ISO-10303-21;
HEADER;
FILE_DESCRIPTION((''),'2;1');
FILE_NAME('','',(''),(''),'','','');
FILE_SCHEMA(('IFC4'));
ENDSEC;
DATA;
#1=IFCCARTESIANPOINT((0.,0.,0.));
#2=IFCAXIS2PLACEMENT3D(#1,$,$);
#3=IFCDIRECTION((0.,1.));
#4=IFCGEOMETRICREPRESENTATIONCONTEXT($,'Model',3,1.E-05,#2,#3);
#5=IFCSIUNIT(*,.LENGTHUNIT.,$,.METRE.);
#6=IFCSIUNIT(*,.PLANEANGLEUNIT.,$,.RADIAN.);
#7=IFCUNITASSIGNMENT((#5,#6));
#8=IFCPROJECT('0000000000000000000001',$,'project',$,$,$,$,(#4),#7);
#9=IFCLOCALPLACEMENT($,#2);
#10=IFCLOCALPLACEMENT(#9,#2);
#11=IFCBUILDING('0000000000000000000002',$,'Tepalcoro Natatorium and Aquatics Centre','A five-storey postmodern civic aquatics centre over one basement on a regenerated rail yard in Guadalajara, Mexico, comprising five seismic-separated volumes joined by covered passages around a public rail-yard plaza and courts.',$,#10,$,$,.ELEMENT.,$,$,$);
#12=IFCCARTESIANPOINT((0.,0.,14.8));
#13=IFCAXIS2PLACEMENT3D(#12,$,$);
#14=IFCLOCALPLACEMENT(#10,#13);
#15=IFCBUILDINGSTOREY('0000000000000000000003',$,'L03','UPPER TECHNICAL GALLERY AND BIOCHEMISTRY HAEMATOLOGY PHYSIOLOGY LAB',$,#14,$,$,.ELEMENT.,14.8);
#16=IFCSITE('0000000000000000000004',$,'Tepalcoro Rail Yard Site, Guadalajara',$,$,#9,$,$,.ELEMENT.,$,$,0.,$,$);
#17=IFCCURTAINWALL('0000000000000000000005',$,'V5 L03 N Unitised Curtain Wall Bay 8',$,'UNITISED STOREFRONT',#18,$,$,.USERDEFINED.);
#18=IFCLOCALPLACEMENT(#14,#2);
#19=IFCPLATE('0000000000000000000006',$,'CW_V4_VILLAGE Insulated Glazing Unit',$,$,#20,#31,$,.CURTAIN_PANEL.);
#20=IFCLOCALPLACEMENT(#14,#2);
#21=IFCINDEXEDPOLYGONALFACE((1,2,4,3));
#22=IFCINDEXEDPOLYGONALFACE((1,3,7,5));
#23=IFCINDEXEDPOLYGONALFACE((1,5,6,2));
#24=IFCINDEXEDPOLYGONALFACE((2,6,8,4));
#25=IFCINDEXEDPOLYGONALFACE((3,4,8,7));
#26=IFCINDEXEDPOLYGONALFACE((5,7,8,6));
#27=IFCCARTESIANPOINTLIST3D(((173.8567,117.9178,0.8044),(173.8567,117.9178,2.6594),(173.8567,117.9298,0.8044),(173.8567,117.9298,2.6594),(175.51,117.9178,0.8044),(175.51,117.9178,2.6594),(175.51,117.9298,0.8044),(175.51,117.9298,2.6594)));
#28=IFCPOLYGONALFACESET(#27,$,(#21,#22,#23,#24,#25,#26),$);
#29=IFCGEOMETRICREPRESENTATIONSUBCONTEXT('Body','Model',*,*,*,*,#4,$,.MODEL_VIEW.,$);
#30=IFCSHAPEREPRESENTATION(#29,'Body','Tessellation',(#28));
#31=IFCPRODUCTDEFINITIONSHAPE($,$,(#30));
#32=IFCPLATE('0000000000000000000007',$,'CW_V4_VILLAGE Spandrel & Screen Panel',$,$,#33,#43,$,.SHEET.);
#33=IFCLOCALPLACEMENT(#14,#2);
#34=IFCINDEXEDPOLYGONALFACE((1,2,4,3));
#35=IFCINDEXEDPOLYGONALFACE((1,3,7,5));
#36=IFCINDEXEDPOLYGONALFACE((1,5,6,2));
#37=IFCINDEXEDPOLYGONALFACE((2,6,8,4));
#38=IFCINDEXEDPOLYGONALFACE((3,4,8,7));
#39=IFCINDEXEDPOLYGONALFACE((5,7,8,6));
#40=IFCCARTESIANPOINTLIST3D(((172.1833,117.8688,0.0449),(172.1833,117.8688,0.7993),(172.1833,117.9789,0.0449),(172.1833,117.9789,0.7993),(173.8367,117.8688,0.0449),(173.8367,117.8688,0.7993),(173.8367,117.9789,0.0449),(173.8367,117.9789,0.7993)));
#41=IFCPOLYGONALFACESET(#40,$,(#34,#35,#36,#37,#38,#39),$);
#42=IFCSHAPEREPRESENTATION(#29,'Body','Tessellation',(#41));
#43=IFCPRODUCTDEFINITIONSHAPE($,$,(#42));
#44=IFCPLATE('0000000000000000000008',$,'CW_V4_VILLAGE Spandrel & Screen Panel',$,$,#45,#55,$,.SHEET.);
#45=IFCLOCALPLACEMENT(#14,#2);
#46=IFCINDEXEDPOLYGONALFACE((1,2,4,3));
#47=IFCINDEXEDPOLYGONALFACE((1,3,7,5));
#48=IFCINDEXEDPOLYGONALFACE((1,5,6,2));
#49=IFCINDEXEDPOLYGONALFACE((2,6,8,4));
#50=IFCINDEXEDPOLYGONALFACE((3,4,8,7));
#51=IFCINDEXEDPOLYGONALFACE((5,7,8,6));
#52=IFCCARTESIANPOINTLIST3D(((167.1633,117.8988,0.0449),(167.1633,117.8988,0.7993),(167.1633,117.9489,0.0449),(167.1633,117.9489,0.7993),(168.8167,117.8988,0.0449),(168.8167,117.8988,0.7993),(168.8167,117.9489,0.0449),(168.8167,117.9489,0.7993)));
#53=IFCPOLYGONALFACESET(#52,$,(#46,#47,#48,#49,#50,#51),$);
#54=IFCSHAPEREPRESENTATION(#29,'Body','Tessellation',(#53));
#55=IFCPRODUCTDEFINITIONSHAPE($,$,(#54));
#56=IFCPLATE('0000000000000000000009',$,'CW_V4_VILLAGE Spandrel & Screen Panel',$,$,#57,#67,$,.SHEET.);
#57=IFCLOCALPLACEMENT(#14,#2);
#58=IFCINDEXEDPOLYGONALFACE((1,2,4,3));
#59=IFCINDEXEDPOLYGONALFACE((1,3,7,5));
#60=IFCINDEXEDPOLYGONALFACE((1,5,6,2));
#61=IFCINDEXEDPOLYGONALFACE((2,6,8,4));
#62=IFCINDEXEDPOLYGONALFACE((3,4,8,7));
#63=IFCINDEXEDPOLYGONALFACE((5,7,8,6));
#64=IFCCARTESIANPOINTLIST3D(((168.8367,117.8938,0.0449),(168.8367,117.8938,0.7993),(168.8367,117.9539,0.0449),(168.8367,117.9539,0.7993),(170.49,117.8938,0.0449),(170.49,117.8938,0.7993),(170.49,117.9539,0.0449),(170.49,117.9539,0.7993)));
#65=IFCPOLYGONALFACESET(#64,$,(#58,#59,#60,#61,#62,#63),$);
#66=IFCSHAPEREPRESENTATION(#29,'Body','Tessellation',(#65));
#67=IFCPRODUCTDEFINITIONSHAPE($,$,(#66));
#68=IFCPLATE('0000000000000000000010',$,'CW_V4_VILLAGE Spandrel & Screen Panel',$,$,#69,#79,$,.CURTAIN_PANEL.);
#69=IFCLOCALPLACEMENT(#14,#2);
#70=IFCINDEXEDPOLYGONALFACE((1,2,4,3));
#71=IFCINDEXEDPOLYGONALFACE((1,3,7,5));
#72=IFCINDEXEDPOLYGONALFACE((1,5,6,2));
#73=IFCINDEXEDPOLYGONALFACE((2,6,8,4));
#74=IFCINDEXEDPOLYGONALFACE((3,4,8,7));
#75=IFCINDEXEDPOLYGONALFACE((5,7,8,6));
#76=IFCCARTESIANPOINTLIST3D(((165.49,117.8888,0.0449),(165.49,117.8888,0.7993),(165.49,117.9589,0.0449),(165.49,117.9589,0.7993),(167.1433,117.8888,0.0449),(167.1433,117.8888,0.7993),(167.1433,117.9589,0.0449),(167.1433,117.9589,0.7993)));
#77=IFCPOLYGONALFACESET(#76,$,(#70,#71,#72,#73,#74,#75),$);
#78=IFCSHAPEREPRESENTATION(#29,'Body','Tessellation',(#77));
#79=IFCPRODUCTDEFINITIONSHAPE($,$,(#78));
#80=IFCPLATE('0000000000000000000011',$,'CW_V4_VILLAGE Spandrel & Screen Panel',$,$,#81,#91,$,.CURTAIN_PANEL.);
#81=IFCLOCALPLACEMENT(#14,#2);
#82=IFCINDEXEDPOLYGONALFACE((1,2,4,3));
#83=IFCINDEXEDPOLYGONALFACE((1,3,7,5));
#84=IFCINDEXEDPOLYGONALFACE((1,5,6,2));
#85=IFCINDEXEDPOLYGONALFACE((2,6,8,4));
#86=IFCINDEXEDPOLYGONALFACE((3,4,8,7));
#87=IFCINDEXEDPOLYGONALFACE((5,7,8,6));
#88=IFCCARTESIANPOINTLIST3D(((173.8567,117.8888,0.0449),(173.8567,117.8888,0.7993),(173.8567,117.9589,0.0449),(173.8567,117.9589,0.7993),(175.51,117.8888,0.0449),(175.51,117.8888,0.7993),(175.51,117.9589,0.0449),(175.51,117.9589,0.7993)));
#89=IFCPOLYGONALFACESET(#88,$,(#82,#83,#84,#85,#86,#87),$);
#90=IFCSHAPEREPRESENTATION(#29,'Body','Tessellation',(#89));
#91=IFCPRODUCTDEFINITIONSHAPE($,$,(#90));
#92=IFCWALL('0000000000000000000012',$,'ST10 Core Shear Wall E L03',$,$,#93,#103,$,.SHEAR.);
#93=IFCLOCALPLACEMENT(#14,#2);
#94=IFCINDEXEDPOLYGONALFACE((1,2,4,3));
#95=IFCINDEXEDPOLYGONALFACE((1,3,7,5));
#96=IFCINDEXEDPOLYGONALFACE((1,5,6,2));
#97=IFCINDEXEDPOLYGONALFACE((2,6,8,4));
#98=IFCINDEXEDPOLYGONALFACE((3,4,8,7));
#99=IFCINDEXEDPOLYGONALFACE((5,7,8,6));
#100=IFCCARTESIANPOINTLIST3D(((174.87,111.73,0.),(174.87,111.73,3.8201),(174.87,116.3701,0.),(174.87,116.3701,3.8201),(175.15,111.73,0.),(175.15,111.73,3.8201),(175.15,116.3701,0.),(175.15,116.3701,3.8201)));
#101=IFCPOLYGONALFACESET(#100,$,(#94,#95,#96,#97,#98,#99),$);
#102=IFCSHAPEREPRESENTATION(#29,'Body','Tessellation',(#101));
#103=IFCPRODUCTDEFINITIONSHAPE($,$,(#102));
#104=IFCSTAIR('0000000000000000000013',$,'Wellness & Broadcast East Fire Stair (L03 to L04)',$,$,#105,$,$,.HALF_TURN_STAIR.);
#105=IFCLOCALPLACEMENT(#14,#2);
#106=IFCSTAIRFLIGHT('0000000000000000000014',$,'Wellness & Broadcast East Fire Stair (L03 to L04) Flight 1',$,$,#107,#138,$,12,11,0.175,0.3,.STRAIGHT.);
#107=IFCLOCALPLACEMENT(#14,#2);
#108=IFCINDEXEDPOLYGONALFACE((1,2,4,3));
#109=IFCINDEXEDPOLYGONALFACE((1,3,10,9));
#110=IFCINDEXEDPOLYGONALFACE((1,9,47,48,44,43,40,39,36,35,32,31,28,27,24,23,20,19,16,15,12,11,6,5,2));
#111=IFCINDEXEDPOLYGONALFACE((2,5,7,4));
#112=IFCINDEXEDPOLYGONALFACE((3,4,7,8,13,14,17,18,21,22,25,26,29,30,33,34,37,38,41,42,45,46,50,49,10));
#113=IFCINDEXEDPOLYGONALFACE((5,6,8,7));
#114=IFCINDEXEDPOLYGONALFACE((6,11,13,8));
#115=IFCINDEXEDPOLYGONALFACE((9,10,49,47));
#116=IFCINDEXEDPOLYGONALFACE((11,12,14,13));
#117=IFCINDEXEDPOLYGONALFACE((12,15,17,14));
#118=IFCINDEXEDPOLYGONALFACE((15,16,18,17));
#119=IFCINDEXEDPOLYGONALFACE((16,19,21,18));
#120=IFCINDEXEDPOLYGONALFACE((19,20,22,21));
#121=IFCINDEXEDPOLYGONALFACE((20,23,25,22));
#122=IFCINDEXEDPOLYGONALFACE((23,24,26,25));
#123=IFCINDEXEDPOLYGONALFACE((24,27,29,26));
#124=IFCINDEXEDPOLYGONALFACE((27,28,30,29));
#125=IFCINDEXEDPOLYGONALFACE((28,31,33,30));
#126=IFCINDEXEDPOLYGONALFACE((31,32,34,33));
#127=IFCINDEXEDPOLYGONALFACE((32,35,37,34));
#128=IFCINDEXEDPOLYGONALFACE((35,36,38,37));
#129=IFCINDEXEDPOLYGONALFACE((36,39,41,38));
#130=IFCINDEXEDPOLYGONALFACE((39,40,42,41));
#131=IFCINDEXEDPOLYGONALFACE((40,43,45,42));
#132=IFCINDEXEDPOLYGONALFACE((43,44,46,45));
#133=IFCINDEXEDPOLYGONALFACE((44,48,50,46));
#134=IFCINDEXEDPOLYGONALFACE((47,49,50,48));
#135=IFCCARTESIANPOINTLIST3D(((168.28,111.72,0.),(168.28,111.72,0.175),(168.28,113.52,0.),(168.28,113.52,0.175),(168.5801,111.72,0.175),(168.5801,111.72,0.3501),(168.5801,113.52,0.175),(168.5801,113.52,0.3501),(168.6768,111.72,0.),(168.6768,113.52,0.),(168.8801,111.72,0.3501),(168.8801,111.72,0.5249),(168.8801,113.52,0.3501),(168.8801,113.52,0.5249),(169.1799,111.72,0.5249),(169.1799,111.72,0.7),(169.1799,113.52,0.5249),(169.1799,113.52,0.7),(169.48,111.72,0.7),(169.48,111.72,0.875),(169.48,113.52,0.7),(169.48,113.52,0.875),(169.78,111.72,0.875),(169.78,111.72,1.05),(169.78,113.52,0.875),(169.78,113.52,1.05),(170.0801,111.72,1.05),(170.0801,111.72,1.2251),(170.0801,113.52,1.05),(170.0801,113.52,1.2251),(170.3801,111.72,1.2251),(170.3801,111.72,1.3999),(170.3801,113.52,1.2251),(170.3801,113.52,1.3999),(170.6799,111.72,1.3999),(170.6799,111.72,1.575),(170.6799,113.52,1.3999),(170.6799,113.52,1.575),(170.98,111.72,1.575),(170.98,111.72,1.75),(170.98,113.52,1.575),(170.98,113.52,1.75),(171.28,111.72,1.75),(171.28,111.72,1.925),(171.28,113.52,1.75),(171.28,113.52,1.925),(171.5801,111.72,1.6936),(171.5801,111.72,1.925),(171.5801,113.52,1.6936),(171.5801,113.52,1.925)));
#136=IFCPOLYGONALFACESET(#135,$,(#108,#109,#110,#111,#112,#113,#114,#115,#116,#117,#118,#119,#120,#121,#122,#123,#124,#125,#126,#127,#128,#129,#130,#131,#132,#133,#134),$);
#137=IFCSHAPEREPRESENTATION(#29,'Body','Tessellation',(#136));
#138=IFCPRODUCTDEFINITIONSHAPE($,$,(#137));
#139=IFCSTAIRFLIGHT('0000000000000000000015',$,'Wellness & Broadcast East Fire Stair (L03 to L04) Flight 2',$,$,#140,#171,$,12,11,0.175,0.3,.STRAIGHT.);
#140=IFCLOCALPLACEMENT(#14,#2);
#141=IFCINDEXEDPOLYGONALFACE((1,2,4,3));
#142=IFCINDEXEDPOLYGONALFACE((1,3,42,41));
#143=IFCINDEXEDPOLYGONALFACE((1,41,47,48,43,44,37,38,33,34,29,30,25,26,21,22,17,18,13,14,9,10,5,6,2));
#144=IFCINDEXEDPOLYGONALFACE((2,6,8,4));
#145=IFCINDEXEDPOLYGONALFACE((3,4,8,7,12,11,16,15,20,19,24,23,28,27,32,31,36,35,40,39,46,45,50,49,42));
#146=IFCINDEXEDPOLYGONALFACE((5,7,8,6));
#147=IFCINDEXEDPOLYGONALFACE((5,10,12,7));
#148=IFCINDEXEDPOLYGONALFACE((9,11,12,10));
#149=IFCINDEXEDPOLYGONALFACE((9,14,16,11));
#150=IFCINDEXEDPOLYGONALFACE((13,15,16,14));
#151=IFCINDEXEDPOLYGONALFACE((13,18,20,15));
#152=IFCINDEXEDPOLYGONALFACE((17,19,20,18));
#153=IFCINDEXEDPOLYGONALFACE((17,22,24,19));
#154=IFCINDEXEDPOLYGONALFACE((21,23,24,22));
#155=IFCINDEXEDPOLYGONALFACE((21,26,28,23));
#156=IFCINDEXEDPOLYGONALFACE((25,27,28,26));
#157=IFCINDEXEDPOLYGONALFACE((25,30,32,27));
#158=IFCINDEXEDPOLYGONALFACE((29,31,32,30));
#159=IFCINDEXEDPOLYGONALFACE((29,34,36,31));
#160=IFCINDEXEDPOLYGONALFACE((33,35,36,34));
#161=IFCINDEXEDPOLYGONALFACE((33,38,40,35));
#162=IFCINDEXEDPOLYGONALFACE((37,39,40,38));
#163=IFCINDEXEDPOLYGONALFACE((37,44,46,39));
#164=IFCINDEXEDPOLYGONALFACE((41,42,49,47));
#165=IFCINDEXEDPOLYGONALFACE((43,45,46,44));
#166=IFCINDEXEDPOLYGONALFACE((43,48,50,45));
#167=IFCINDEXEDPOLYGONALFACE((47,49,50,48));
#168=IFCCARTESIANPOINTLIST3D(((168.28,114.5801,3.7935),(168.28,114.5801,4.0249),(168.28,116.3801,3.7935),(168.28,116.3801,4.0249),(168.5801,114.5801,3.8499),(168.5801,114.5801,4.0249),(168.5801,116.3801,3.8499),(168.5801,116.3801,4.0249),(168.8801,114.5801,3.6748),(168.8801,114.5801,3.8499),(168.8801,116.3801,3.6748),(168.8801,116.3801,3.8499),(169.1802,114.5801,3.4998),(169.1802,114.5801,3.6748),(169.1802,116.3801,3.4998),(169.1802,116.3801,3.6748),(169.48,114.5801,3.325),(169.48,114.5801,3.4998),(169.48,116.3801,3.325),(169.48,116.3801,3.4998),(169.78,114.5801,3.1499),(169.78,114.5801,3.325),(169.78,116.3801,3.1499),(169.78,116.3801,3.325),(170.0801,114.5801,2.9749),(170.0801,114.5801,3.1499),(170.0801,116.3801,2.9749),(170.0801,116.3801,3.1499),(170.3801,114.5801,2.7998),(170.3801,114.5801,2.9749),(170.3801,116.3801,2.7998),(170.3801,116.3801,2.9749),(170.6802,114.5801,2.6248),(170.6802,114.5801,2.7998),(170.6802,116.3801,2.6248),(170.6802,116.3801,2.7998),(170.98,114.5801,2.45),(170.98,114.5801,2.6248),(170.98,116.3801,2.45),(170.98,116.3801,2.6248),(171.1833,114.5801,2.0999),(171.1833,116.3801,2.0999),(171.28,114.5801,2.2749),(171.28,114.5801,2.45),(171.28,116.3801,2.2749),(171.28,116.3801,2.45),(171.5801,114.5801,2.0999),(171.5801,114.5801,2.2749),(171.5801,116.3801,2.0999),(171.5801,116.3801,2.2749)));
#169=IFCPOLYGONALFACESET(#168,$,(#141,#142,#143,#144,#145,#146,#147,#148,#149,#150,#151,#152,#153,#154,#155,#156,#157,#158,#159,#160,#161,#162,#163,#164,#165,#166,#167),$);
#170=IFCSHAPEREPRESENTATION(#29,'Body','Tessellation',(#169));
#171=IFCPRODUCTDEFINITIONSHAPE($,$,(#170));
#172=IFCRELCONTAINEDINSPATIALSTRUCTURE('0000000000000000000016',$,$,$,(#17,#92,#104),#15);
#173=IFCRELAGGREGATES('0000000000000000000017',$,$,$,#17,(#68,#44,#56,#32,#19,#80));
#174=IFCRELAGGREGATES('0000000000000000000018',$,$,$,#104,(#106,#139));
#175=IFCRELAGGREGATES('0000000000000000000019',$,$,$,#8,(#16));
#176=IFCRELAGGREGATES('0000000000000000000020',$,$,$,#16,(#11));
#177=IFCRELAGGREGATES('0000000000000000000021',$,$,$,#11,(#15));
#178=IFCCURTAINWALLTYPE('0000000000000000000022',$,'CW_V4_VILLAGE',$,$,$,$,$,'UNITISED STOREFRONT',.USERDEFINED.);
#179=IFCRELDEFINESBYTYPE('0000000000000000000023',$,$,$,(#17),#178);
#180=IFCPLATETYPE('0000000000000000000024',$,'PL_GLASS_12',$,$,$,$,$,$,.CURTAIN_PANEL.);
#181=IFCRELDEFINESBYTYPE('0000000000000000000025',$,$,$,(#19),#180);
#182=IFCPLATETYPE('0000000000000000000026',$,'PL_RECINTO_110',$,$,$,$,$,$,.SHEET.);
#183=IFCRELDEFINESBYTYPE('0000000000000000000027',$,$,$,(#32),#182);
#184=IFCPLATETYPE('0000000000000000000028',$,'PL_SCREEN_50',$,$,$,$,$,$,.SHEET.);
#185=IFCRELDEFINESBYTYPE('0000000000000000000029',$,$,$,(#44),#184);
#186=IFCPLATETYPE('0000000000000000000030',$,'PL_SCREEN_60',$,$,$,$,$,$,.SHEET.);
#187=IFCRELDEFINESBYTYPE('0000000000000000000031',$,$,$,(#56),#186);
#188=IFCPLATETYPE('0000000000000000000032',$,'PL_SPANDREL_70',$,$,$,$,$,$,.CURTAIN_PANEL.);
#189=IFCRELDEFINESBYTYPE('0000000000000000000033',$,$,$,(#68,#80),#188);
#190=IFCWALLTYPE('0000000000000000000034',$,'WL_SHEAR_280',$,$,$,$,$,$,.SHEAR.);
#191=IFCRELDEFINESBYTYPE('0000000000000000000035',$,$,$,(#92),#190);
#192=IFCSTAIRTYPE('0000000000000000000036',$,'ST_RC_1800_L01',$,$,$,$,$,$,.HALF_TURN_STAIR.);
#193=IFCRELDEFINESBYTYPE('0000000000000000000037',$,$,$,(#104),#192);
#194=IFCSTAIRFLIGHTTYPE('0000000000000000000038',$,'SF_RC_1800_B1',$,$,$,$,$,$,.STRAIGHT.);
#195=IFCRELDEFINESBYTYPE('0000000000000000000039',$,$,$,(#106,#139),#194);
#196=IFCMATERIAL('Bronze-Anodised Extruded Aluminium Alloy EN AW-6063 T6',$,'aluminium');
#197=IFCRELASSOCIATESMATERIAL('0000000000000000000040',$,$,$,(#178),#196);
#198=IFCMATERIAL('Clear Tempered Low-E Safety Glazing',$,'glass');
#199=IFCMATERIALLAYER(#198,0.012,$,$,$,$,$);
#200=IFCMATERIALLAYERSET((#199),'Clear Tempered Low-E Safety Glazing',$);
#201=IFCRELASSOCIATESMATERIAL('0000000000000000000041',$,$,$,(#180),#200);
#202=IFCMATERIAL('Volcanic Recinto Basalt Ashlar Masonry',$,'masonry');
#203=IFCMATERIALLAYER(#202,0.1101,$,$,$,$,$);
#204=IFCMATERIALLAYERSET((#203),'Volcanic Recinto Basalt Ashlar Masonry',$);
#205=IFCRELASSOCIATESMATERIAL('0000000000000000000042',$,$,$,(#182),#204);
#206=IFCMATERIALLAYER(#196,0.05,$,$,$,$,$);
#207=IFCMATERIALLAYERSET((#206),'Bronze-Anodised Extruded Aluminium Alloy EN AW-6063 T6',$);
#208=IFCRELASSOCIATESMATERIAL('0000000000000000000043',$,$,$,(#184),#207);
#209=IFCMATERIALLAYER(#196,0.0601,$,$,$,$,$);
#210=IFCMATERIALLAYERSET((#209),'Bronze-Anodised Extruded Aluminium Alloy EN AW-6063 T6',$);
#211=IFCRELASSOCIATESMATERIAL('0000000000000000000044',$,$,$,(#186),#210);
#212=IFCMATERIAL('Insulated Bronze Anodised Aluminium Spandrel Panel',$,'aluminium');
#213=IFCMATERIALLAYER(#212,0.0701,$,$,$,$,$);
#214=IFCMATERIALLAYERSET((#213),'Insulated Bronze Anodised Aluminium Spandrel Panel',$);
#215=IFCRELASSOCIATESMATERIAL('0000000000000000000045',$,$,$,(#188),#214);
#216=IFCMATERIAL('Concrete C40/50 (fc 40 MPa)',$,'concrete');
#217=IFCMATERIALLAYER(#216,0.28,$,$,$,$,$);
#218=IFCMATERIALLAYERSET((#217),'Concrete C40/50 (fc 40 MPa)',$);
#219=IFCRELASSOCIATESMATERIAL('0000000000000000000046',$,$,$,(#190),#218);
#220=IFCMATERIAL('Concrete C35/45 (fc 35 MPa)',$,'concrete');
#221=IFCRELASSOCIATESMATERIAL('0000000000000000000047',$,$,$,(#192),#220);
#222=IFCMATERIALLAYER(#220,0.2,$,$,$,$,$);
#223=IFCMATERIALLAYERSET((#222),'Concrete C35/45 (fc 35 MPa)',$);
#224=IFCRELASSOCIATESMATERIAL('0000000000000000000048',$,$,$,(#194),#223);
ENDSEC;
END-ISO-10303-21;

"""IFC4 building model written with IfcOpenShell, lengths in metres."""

from ifc_helpers import new_model, si_unit, direction, frame, frame_2d, origin, origin_2d, place, context, subcontext, project, spatial, polyline, rectangle, outline, extrude, material, layer, layer_set, type_object, element, aggregate, save


model = new_model("IFC4")

# Units and contexts
model_context = context("Model", 3, precision=1e-05, world=origin(), true_north=direction((0.0, 1.0)))
body_context = subcontext(model_context, "Body", "Model", "MODEL_VIEW")
ifc_project = project(units=[si_unit("LENGTHUNIT", "METRE"), si_unit("PLANEANGLEUNIT", "RADIAN")], contexts=[model_context])

# Site, building, storey
site_placement = place(None, origin())
site = spatial("IfcSite", under=ifc_project, at=site_placement, Name="Tepalcoro Rail Yard Site, Guadalajara", CompositionType="ELEMENT", RefElevation=0.0)
building_placement = place(site_placement, origin())
building = spatial("IfcBuilding", under=site, at=building_placement, Name="Tepalcoro Natatorium and Aquatics Centre", Description="A five-storey postmodern civic aquatics centre over one basement on a regenerated rail yard in Guadalajara, Mexico, comprising five seismic-separated volumes joined by covered passages around a public rail-yard plaza and courts.", CompositionType="ELEMENT")
storey_placement = place(building_placement, frame((0.0, 0.0, 14.8)))
storey = spatial("IfcBuildingStorey", under=building, at=storey_placement, Name="L03", Description="UPPER TECHNICAL GALLERY AND BIOCHEMISTRY HAEMATOLOGY PHYSIOLOGY LAB", CompositionType="ELEMENT", Elevation=14.8)

# Curtain wall, plates
ifc_material_1 = material(Name="Bronze-Anodised Extruded Aluminium Alloy EN AW-6063 T6", Category="aluminium")
curtain_wall_type = type_object("IfcCurtainWallType", Name="CW_V4_VILLAGE", ElementType="UNITISED STOREFRONT", PredefinedType="USERDEFINED", material=ifc_material_1)
curtain_wall_placement = place(storey_placement, origin())
curtain_wall = element("IfcCurtainWall", 1, at=curtain_wall_placement, inside=storey, type_object=curtain_wall_type, Name="V5 L03 N Unitised Curtain Wall Bay 8", ObjectType="UNITISED STOREFRONT", PredefinedType="USERDEFINED")
ifc_material_2 = material(Name="Clear Tempered Low-E Safety Glazing", Category="glass")
ifc_layer_1 = layer(ifc_material_2, 0.012)
ifc_layer_set_1 = layer_set([ifc_layer_1], Name="Clear Tempered Low-E Safety Glazing")
plate_type_1 = type_object("IfcPlateType", Name="PL_GLASS_12", PredefinedType="CURTAIN_PANEL", material=ifc_layer_set_1)
plate_1_placement = place(storey_placement, frame((174.6833, 117.9238, 0.8044), z_axis=(0.0, 0.0, 1.0), x_axis=(1.0, 0.0, 0.0)))
plate_1 = element("IfcPlate", 2, at=plate_1_placement, type_object=plate_type_1, Name="CW_V4_VILLAGE Insulated Glazing Unit", PredefinedType="CURTAIN_PANEL", context=body_context, shape_type="SweptSolid", body=[
    extrude(rectangle(XDim=1.6533, YDim=0.012, at=origin_2d()), origin(), (0.0, 0.0, 1.0), 1.855),
])
ifc_material_3 = material(Name="Volcanic Recinto Basalt Ashlar Masonry", Category="masonry")
ifc_layer_2 = layer(ifc_material_3, 0.1101)
ifc_layer_set_2 = layer_set([ifc_layer_2], Name="Volcanic Recinto Basalt Ashlar Masonry")
plate_type_2 = type_object("IfcPlateType", Name="PL_RECINTO_110", PredefinedType="SHEET", material=ifc_layer_set_2)
plate_2_placement = place(storey_placement, frame((173.01, 117.9238, 0.0449), z_axis=(0.0, 0.0, 1.0), x_axis=(1.0, 0.0, 0.0)))
plate_2 = element("IfcPlate", 3, at=plate_2_placement, type_object=plate_type_2, Name="CW_V4_VILLAGE Spandrel & Screen Panel", PredefinedType="SHEET", context=body_context, shape_type="SweptSolid", body=[
    extrude(rectangle(XDim=1.6533, YDim=0.1101, at=origin_2d()), origin(), (0.0, 0.0, 1.0), 0.7544),
])
ifc_layer_3 = layer(ifc_material_1, 0.05)
ifc_layer_set_3 = layer_set([ifc_layer_3], Name="Bronze-Anodised Extruded Aluminium Alloy EN AW-6063 T6")
plate_type_3 = type_object("IfcPlateType", Name="PL_SCREEN_50", PredefinedType="SHEET", material=ifc_layer_set_3)
plate_3_placement = place(storey_placement, frame((167.99, 117.9238, 0.0449), z_axis=(0.0, 0.0, 1.0), x_axis=(1.0, 0.0, 0.0)))
plate_3 = element("IfcPlate", 4, at=plate_3_placement, type_object=plate_type_3, Name="CW_V4_VILLAGE Spandrel & Screen Panel", PredefinedType="SHEET", context=body_context, shape_type="SweptSolid", body=[
    extrude(rectangle(XDim=1.6533, YDim=0.05, at=origin_2d()), origin(), (0.0, 0.0, 1.0), 0.7544),
])
ifc_layer_4 = layer(ifc_material_1, 0.0601)
ifc_layer_set_4 = layer_set([ifc_layer_4], Name="Bronze-Anodised Extruded Aluminium Alloy EN AW-6063 T6")
plate_type_4 = type_object("IfcPlateType", Name="PL_SCREEN_60", PredefinedType="SHEET", material=ifc_layer_set_4)
plate_4_placement = place(storey_placement, frame((169.6633, 117.9238, 0.0449), z_axis=(0.0, 0.0, 1.0), x_axis=(1.0, 0.0, 0.0)))
plate_4 = element("IfcPlate", 5, at=plate_4_placement, type_object=plate_type_4, Name="CW_V4_VILLAGE Spandrel & Screen Panel", PredefinedType="SHEET", context=body_context, shape_type="SweptSolid", body=[
    extrude(rectangle(XDim=1.6533, YDim=0.0601, at=origin_2d()), origin(), (0.0, 0.0, 1.0), 0.7544),
])
ifc_material_4 = material(Name="Insulated Bronze Anodised Aluminium Spandrel Panel", Category="aluminium")
ifc_layer_5 = layer(ifc_material_4, 0.0701)
ifc_layer_set_5 = layer_set([ifc_layer_5], Name="Insulated Bronze Anodised Aluminium Spandrel Panel")
plate_type_5 = type_object("IfcPlateType", Name="PL_SPANDREL_70", PredefinedType="CURTAIN_PANEL", material=ifc_layer_set_5)
plate_5_placement = place(storey_placement, frame((166.3167, 117.9238, 0.0449), z_axis=(0.0, 0.0, 1.0), x_axis=(1.0, 0.0, 0.0)))
plate_5 = element("IfcPlate", 6, at=plate_5_placement, type_object=plate_type_5, Name="CW_V4_VILLAGE Spandrel & Screen Panel", PredefinedType="CURTAIN_PANEL", context=body_context, shape_type="SweptSolid", body=[
    extrude(rectangle(XDim=1.6533, YDim=0.0701, at=origin_2d()), origin(), (0.0, 0.0, 1.0), 0.7544),
])
plate_6_placement = place(storey_placement, frame((174.6833, 117.9238, 0.0449), z_axis=(0.0, 0.0, 1.0), x_axis=(1.0, 0.0, 0.0)))
plate_6 = element("IfcPlate", 7, at=plate_6_placement, type_object=plate_type_5, Name="CW_V4_VILLAGE Spandrel & Screen Panel", PredefinedType="CURTAIN_PANEL", context=body_context, shape_type="SweptSolid", body=[
    extrude(rectangle(XDim=1.6533, YDim=0.0701, at=origin_2d()), origin(), (0.0, 0.0, 1.0), 0.7544),
])
aggregate(curtain_wall, [plate_5, plate_3, plate_4, plate_2, plate_1, plate_6])

# Wall
ifc_material_5 = material(Name="Concrete C40/50 (fc 40 MPa)", Category="concrete")
ifc_layer_6 = layer(ifc_material_5, 0.28)
ifc_layer_set_6 = layer_set([ifc_layer_6], Name="Concrete C40/50 (fc 40 MPa)")
wall_type = type_object("IfcWallType", Name="WL_SHEAR_280", PredefinedType="SHEAR", material=ifc_layer_set_6)
wall_placement = place(storey_placement, frame((175.01, 111.73, 0.0), z_axis=(0.0, 0.0, 1.0), x_axis=(0.0, 1.0, 0.0)))
element("IfcWall", 8, at=wall_placement, inside=storey, type_object=wall_type, Name="ST10 Core Shear Wall E L03", PredefinedType="SHEAR", context=body_context, shape_type="SweptSolid", body=[
    extrude(rectangle(XDim=4.6401, YDim=0.28, at=frame_2d((2.3201, 0.0))), origin(), (0.0, 0.0, 1.0), 3.8201),
])

# Stair, stair flights
ifc_material_6 = material(Name="Concrete C35/45 (fc 35 MPa)", Category="concrete")
stair_type = type_object("IfcStairType", Name="ST_RC_1800_L01", PredefinedType="HALF_TURN_STAIR", material=ifc_material_6)
stair_placement = place(storey_placement, origin())
stair = element("IfcStair", 9, at=stair_placement, inside=storey, type_object=stair_type, Name="Wellness & Broadcast East Fire Stair (L03 to L04)", PredefinedType="HALF_TURN_STAIR")
ifc_layer_7 = layer(ifc_material_6, 0.2)
ifc_layer_set_7 = layer_set([ifc_layer_7], Name="Concrete C35/45 (fc 35 MPa)")
stair_flight_type = type_object("IfcStairFlightType", Name="SF_RC_1800_B1", PredefinedType="STRAIGHT", material=ifc_layer_set_7)
stair_flight_1_placement = place(storey_placement, frame((168.28, 112.6201, 0.0), z_axis=(0.0, 0.0, 1.0), x_axis=(1.0, 0.0, 0.0)))
stair_flight_1 = element("IfcStairFlight", 10, at=stair_flight_1_placement, type_object=stair_flight_type, Name="Wellness & Broadcast East Fire Stair (L03 to L04) Flight 1", NumberOfRisers=12, NumberOfTreads=11, PredefinedType="STRAIGHT", RiserHeight=0.175, TreadLength=0.3, context=body_context, shape_type="SweptSolid", body=[
    extrude(outline(polyline([(0.0, 0.0), (0.0, 0.175), (0.3, 0.175), (0.3, 0.3501), (0.6001, 0.3501), (0.6001, 0.5249), (0.8999, 0.5249), (0.8999, 0.7), (1.2, 0.7), (1.2, 0.875), (1.5, 0.875), (1.5, 1.05), (1.8, 1.05), (1.8, 1.2251), (2.1001, 1.2251), (2.1001, 1.3999), (2.3999, 1.3999), (2.3999, 1.575), (2.7, 1.575), (2.7, 1.75), (3.0, 1.75), (3.0, 1.925), (3.3, 1.925), (3.3, 2.1001), (3.3, 1.6936), (0.3967, 0.0), (0.0, 0.0)])), frame((0.0, 0.8999, 0.0), z_axis=(0.0, -1.0, 0.0), x_axis=(1.0, 0.0, 0.0)), (0.0, 0.0, 1.0), 1.8),
])
stair_flight_2_placement = place(storey_placement, frame((171.5801, 115.48, 2.0999), z_axis=(0.0, 0.0, 1.0), x_axis=(-1.0, 0.0, 0.0)))
stair_flight_2 = element("IfcStairFlight", 11, at=stair_flight_2_placement, type_object=stair_flight_type, Name="Wellness & Broadcast East Fire Stair (L03 to L04) Flight 2", NumberOfRisers=12, NumberOfTreads=11, PredefinedType="STRAIGHT", RiserHeight=0.175, TreadLength=0.3, context=body_context, shape_type="SweptSolid", body=[
    extrude(outline(polyline([(0.0, 0.0), (0.0, 0.175), (0.3, 0.175), (0.3, 0.3501), (0.6001, 0.3501), (0.6001, 0.5249), (0.8999, 0.5249), (0.8999, 0.7), (1.2, 0.7), (1.2, 0.875), (1.5, 0.875), (1.5, 1.05), (1.8, 1.05), (1.8, 1.2251), (2.1001, 1.2251), (2.1001, 1.3999), (2.3999, 1.3999), (2.3999, 1.575), (2.7, 1.575), (2.7, 1.75), (3.0, 1.75), (3.0, 1.925), (3.3, 1.925), (3.3, 2.1001), (3.3, 1.6936), (0.3967, 0.0), (0.0, 0.0)])), frame((0.0, 0.8999, 0.0), z_axis=(0.0, -1.0, 0.0), x_axis=(1.0, 0.0, 0.0)), (0.0, 0.0, 1.0), 1.8),
])
aggregate(stair, [stair_flight_1, stair_flight_2])

save(model, "model.ifc")
